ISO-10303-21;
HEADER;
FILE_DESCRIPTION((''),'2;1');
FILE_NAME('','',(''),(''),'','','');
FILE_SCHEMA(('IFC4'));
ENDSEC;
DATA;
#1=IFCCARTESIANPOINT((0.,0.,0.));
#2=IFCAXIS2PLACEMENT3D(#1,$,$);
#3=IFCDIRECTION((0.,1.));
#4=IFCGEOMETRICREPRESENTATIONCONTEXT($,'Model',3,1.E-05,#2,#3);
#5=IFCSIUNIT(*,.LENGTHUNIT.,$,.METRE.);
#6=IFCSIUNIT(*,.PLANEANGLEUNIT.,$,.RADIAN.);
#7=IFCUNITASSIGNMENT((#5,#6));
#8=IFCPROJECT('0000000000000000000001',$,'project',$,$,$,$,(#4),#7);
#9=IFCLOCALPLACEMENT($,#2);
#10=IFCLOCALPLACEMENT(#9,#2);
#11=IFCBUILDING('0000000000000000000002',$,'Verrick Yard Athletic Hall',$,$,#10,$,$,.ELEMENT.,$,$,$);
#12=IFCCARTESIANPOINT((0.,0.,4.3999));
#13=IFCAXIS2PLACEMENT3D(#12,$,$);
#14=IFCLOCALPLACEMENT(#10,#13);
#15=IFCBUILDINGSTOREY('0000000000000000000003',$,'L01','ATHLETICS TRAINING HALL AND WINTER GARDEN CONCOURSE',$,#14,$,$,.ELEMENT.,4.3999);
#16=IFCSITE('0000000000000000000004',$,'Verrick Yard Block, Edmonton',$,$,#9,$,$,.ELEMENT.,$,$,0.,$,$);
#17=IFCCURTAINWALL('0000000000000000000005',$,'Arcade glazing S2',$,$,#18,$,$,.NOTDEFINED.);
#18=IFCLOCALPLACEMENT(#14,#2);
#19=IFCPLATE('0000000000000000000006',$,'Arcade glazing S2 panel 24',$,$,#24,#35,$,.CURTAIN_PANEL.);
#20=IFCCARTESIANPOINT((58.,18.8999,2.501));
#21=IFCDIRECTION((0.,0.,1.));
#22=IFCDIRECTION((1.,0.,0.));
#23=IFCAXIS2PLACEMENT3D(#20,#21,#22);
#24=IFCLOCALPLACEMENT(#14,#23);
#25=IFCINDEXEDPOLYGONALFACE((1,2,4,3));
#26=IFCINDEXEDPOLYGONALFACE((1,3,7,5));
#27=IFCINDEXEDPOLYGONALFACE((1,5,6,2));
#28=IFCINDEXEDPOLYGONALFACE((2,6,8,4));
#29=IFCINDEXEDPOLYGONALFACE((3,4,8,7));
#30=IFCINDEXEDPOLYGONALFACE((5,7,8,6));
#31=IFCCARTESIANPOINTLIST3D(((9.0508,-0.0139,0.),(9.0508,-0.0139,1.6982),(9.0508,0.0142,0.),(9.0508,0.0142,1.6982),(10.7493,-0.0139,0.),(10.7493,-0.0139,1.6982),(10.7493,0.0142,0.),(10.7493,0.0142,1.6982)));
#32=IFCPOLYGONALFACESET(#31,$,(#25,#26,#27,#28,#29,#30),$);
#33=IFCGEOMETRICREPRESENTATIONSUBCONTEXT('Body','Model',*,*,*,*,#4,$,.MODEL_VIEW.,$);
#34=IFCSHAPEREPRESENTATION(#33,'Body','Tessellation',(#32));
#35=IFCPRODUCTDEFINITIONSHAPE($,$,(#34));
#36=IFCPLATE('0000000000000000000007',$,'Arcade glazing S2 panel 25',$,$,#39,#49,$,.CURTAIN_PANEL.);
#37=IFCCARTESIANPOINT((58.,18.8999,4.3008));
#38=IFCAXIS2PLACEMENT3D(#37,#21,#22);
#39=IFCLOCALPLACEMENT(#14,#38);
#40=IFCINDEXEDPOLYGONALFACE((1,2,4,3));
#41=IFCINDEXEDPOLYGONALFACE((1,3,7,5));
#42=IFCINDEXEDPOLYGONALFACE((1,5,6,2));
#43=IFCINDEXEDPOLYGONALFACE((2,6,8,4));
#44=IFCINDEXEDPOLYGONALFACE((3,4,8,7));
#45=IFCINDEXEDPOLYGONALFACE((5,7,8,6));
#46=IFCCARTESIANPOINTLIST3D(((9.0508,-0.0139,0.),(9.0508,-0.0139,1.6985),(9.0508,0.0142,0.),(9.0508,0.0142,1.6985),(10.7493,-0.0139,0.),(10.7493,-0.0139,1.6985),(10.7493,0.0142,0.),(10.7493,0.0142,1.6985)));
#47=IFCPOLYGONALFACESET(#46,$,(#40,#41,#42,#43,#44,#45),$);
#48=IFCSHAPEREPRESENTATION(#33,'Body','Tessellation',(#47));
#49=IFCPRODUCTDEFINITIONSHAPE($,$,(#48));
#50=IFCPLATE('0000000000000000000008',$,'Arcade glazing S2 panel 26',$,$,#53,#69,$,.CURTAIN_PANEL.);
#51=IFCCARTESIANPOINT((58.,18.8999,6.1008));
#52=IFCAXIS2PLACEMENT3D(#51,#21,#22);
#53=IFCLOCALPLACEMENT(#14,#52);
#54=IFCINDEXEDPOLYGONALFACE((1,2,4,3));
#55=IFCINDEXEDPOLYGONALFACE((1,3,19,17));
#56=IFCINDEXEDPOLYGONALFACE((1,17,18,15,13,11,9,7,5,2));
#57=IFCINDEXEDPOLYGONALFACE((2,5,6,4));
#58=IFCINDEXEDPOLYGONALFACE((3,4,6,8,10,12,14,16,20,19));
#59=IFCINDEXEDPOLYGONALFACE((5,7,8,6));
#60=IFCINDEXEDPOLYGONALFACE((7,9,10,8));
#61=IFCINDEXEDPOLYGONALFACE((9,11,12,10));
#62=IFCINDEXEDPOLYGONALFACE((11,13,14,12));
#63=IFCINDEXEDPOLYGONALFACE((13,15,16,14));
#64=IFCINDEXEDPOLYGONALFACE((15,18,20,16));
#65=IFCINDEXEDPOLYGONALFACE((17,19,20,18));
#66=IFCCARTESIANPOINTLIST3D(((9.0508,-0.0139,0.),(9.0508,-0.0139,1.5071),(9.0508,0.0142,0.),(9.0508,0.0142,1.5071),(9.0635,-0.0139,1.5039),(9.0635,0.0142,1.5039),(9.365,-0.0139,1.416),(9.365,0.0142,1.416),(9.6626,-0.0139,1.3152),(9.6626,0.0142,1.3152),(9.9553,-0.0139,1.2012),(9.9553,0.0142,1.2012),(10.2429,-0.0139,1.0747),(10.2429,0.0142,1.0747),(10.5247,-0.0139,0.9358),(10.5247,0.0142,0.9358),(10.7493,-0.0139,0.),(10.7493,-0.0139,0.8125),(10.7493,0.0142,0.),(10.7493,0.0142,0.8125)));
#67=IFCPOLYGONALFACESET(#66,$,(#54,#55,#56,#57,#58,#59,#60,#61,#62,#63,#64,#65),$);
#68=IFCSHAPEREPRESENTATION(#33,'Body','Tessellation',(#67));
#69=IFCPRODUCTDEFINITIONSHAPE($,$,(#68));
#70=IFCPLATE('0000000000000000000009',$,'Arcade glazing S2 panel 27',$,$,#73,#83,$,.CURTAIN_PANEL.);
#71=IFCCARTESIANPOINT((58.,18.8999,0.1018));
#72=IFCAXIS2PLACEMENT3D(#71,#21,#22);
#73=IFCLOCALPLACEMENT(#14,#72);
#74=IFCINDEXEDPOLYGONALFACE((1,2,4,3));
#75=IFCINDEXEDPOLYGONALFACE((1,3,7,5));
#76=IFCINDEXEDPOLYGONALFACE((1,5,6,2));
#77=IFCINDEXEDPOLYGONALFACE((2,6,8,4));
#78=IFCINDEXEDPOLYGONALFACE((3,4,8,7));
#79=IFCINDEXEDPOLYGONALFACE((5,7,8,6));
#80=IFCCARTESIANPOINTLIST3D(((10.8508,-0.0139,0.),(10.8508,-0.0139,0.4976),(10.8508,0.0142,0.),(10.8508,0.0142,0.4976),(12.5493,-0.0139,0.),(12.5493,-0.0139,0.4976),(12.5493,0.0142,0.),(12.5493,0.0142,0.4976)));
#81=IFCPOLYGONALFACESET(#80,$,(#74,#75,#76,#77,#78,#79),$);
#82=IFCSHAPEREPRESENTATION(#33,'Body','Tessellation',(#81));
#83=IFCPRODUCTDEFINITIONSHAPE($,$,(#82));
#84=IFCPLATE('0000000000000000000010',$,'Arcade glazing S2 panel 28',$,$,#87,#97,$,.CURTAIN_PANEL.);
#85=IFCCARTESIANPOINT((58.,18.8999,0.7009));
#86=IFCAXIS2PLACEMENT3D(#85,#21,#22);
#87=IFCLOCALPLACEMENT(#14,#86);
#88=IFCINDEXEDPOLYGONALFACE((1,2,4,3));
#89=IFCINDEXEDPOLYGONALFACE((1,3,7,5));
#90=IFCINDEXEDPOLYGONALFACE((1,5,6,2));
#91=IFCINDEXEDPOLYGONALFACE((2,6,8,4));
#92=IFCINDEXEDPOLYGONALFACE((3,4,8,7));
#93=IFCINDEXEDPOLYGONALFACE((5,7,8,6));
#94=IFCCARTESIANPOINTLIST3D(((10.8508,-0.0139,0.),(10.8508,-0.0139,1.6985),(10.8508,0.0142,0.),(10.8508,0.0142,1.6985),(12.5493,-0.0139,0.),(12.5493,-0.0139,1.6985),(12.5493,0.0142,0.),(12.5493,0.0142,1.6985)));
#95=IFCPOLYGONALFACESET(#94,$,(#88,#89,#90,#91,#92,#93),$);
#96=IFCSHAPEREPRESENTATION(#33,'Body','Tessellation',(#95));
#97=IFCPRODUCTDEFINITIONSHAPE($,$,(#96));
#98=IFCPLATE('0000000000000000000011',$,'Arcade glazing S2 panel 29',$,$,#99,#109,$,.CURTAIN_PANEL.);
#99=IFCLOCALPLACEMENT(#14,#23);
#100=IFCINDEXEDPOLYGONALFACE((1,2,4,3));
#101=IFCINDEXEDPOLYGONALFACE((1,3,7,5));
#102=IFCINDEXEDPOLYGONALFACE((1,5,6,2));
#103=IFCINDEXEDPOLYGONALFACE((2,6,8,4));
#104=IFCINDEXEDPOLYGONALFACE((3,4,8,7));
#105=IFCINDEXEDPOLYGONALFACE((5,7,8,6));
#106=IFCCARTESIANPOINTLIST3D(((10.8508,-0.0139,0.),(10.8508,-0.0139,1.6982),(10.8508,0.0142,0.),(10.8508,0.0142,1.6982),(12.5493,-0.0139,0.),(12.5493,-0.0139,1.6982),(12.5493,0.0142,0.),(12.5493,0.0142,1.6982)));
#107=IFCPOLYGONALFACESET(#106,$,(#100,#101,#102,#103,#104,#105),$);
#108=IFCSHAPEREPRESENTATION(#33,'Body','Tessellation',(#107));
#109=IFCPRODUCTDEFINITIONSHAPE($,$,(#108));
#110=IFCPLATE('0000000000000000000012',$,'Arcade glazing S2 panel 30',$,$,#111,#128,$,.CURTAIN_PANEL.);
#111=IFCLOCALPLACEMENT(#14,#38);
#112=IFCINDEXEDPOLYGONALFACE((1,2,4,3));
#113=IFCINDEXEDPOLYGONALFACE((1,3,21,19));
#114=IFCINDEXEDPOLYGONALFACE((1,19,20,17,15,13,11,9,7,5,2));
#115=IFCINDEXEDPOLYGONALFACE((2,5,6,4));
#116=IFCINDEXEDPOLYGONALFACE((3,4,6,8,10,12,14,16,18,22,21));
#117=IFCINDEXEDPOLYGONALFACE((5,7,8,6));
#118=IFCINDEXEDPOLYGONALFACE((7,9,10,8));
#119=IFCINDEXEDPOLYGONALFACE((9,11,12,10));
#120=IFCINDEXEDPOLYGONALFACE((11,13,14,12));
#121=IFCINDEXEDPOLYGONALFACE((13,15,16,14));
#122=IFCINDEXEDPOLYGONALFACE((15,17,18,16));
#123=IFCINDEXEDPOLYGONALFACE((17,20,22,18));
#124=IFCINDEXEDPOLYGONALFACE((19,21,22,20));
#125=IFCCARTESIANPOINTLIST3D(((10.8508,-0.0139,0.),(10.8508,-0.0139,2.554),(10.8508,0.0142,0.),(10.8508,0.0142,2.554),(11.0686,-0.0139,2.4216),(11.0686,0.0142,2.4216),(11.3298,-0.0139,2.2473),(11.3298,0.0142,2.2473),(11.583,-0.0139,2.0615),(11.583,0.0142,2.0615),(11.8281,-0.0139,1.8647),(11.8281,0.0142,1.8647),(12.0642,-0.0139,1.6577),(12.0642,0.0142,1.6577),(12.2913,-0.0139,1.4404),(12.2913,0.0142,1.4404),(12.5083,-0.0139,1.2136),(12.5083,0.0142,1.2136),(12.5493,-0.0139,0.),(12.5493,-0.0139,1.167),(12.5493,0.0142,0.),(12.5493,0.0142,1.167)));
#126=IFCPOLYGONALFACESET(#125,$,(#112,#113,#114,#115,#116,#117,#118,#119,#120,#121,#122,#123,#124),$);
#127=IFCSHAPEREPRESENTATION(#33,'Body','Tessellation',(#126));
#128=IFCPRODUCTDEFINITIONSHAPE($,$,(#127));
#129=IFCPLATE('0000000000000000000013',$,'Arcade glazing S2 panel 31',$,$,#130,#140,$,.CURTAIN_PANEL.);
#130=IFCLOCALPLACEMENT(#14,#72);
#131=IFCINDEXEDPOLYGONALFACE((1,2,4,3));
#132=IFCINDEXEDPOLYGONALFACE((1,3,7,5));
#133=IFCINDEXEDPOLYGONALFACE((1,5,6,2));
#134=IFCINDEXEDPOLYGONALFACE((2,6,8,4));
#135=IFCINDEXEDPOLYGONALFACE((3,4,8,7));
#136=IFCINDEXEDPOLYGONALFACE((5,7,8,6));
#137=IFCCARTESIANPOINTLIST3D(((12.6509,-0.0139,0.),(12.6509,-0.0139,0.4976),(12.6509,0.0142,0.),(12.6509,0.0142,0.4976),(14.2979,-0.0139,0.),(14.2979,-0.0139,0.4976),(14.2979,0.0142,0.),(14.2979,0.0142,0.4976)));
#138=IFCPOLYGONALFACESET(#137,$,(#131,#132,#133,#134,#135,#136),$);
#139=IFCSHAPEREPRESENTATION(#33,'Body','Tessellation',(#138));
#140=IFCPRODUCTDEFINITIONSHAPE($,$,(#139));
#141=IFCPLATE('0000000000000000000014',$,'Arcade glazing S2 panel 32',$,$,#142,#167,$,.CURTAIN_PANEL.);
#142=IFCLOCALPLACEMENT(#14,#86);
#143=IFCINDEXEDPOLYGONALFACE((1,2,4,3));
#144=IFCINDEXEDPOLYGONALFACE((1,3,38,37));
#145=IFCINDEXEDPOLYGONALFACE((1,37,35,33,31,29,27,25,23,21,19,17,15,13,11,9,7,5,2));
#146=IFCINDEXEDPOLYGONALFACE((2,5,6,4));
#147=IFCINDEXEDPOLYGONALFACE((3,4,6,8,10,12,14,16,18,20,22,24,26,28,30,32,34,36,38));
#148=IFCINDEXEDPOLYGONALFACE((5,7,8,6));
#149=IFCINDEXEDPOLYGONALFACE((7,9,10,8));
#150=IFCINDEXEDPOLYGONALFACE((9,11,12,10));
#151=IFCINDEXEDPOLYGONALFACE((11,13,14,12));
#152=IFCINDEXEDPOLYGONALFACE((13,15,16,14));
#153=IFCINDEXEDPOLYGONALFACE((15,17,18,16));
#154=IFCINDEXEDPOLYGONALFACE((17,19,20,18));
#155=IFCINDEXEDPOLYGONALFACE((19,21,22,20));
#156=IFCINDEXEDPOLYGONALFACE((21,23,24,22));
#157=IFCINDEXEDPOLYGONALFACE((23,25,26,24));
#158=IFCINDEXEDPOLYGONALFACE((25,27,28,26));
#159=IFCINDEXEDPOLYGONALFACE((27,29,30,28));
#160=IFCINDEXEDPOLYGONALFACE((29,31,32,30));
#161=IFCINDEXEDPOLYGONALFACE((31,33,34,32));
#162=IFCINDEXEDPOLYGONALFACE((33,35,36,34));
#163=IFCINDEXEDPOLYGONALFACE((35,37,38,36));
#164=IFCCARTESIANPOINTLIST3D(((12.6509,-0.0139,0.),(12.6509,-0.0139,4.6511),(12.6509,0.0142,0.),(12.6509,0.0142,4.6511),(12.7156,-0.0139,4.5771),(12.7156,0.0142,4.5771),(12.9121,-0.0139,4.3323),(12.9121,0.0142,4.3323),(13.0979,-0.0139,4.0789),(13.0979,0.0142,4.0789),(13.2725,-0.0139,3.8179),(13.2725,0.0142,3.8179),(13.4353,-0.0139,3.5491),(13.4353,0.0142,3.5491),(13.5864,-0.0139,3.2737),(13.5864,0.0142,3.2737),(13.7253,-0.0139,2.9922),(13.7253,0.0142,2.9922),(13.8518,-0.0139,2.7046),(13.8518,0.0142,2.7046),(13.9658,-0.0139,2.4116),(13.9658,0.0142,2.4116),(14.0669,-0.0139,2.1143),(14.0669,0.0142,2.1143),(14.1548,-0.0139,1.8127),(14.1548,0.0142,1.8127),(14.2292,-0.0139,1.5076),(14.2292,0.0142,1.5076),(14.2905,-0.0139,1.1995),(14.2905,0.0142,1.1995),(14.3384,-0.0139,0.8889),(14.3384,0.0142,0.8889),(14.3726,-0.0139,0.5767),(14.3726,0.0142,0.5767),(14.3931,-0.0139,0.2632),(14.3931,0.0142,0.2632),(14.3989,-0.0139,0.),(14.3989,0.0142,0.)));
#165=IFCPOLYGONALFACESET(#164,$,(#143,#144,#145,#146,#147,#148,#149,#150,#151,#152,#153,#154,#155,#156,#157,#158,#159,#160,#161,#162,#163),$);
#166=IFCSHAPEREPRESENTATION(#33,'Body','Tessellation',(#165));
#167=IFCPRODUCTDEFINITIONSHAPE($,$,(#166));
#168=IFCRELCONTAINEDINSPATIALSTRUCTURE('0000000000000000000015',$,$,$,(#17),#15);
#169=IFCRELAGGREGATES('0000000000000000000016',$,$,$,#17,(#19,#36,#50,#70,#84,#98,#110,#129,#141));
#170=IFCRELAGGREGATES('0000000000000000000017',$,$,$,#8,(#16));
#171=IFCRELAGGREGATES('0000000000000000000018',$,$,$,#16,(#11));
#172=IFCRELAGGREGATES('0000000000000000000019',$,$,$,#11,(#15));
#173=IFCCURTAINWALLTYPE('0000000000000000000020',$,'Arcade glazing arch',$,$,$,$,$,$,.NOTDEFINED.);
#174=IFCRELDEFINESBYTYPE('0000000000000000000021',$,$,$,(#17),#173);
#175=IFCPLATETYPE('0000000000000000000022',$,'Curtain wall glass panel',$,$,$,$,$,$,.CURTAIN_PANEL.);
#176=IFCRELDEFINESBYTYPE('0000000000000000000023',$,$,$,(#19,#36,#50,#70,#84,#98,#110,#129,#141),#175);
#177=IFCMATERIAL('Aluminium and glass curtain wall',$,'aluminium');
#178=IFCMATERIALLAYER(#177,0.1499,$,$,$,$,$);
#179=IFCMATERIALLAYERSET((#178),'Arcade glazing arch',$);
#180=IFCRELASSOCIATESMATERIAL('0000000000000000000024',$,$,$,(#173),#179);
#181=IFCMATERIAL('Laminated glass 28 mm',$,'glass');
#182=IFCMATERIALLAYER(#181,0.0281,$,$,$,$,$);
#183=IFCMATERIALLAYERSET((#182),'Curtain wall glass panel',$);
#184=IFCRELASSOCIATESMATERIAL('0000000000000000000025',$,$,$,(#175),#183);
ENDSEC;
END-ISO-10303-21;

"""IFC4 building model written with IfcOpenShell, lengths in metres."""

from ifc_helpers import new_model, si_unit, direction, frame, origin, place, context, subcontext, project, spatial, polyline, outline, extrude, material, layer, layer_set, type_object, element, aggregate, save


model = new_model("IFC4")

# Units and contexts
model_context = context("Model", 3, precision=1e-05, world=origin(), true_north=direction((0.0, 1.0)))
body_context = subcontext(model_context, "Body", "Model", "MODEL_VIEW")
ifc_project = project(units=[si_unit("LENGTHUNIT", "METRE"), si_unit("PLANEANGLEUNIT", "RADIAN")], contexts=[model_context])

# Site, building, storey
site_placement = place(None, origin())
site = spatial("IfcSite", under=ifc_project, at=site_placement, Name="Verrick Yard Block, Edmonton", CompositionType="ELEMENT", RefElevation=0.0)
building_placement = place(site_placement, origin())
building = spatial("IfcBuilding", under=site, at=building_placement, Name="Verrick Yard Athletic Hall", CompositionType="ELEMENT")
storey_placement = place(building_placement, frame((0.0, 0.0, 4.3999)))
storey = spatial("IfcBuildingStorey", under=building, at=storey_placement, Name="L01", Description="ATHLETICS TRAINING HALL AND WINTER GARDEN CONCOURSE", CompositionType="ELEMENT", Elevation=4.3999)

# Curtain wall, plates
ifc_material_1 = material(Name="Aluminium and glass curtain wall", Category="aluminium")
ifc_layer_1 = layer(ifc_material_1, 0.1499)
ifc_layer_set_1 = layer_set([ifc_layer_1], Name="Arcade glazing arch")
curtain_wall_type = type_object("IfcCurtainWallType", Name="Arcade glazing arch", PredefinedType="NOTDEFINED", material=ifc_layer_set_1)
curtain_wall_placement = place(storey_placement, origin())
curtain_wall = element("IfcCurtainWall", 1, at=curtain_wall_placement, inside=storey, type_object=curtain_wall_type, Name="Arcade glazing S2", PredefinedType="NOTDEFINED")
ifc_material_2 = material(Name="Laminated glass 28 mm", Category="glass")
ifc_layer_2 = layer(ifc_material_2, 0.0281)
ifc_layer_set_2 = layer_set([ifc_layer_2], Name="Curtain wall glass panel")
plate_type = type_object("IfcPlateType", Name="Curtain wall glass panel", PredefinedType="CURTAIN_PANEL", material=ifc_layer_set_2)
plate_1_placement = place(storey_placement, frame((58.0, 18.8999, 2.501), z_axis=(0.0, 0.0, 1.0), x_axis=(1.0, 0.0, 0.0)))
plate_1 = element("IfcPlate", 2, at=plate_1_placement, type_object=plate_type, Name="Arcade glazing S2 panel 24", PredefinedType="CURTAIN_PANEL", context=body_context, shape_type="SweptSolid", body=[
    extrude(outline(polyline([(10.7493, 0.0), (10.7493, 1.6982), (9.0508, 1.6982), (9.0508, 0.0), (10.7493, 0.0)])), frame((0.0, 0.0142, 0.0), z_axis=(0.0, -1.0, 0.0), x_axis=(1.0, 0.0, 0.0)), (0.0, 0.0, 1.0), 0.0281),
])
plate_2_placement = place(storey_placement, frame((58.0, 18.8999, 4.3008), z_axis=(0.0, 0.0, 1.0), x_axis=(1.0, 0.0, 0.0)))
plate_2 = element("IfcPlate", 3, at=plate_2_placement, type_object=plate_type, Name="Arcade glazing S2 panel 25", PredefinedType="CURTAIN_PANEL", context=body_context, shape_type="SweptSolid", body=[
    extrude(outline(polyline([(10.7493, 0.0), (10.7493, 1.6985), (9.0508, 1.6985), (9.0508, 0.0), (10.7493, 0.0)])), frame((0.0, 0.0142, 0.0), z_axis=(0.0, -1.0, 0.0), x_axis=(1.0, 0.0, 0.0)), (0.0, 0.0, 1.0), 0.0281),
])
plate_3_placement = place(storey_placement, frame((58.0, 18.8999, 6.1008), z_axis=(0.0, 0.0, 1.0), x_axis=(1.0, 0.0, 0.0)))
plate_3 = element("IfcPlate", 4, at=plate_3_placement, type_object=plate_type, Name="Arcade glazing S2 panel 26", PredefinedType="CURTAIN_PANEL", context=body_context, shape_type="SweptSolid", body=[
    extrude(outline(polyline([(10.7493, 0.8125), (10.5247, 0.9358), (10.2429, 1.0747), (9.9553, 1.2012), (9.6626, 1.3152), (9.365, 1.416), (9.0635, 1.5039), (9.0508, 1.5071), (9.0508, 0.0), (10.7493, 0.0), (10.7493, 0.8125)])), frame((0.0, 0.0142, 0.0), z_axis=(0.0, -1.0, 0.0), x_axis=(1.0, 0.0, 0.0)), (0.0, 0.0, 1.0), 0.0281),
])
plate_4_placement = place(storey_placement, frame((58.0, 18.8999, 0.1018), z_axis=(0.0, 0.0, 1.0), x_axis=(1.0, 0.0, 0.0)))
plate_4 = element("IfcPlate", 5, at=plate_4_placement, type_object=plate_type, Name="Arcade glazing S2 panel 27", PredefinedType="CURTAIN_PANEL", context=body_context, shape_type="SweptSolid", body=[
    extrude(outline(polyline([(12.5493, 0.0), (12.5493, 0.4976), (10.8508, 0.4976), (10.8508, 0.0), (12.5493, 0.0)])), frame((0.0, 0.0142, 0.0), z_axis=(0.0, -1.0, 0.0), x_axis=(1.0, 0.0, 0.0)), (0.0, 0.0, 1.0), 0.0281),
])
plate_5_placement = place(storey_placement, frame((58.0, 18.8999, 0.7009), z_axis=(0.0, 0.0, 1.0), x_axis=(1.0, 0.0, 0.0)))
plate_5 = element("IfcPlate", 6, at=plate_5_placement, type_object=plate_type, Name="Arcade glazing S2 panel 28", PredefinedType="CURTAIN_PANEL", context=body_context, shape_type="SweptSolid", body=[
    extrude(outline(polyline([(12.5493, 0.0), (12.5493, 1.6985), (10.8508, 1.6985), (10.8508, 0.0), (12.5493, 0.0)])), frame((0.0, 0.0142, 0.0), z_axis=(0.0, -1.0, 0.0), x_axis=(1.0, 0.0, 0.0)), (0.0, 0.0, 1.0), 0.0281),
])
plate_6_placement = place(storey_placement, frame((58.0, 18.8999, 2.501), z_axis=(0.0, 0.0, 1.0), x_axis=(1.0, 0.0, 0.0)))
plate_6 = element("IfcPlate", 7, at=plate_6_placement, type_object=plate_type, Name="Arcade glazing S2 panel 29", PredefinedType="CURTAIN_PANEL", context=body_context, shape_type="SweptSolid", body=[
    extrude(outline(polyline([(12.5493, 0.0), (12.5493, 1.6982), (10.8508, 1.6982), (10.8508, 0.0), (12.5493, 0.0)])), frame((0.0, 0.0142, 0.0), z_axis=(0.0, -1.0, 0.0), x_axis=(1.0, 0.0, 0.0)), (0.0, 0.0, 1.0), 0.0281),
])
plate_7_placement = place(storey_placement, frame((58.0, 18.8999, 4.3008), z_axis=(0.0, 0.0, 1.0), x_axis=(1.0, 0.0, 0.0)))
plate_7 = element("IfcPlate", 8, at=plate_7_placement, type_object=plate_type, Name="Arcade glazing S2 panel 30", PredefinedType="CURTAIN_PANEL", context=body_context, shape_type="SweptSolid", body=[
    extrude(outline(polyline([(12.5493, 1.167), (12.5083, 1.2136), (12.2913, 1.4404), (12.0642, 1.6577), (11.8281, 1.8647), (11.583, 2.0615), (11.3298, 2.2473), (11.0686, 2.4216), (10.8508, 2.554), (10.8508, 0.0), (12.5493, 0.0), (12.5493, 1.167)])), frame((0.0, 0.0142, 0.0), z_axis=(0.0, -1.0, 0.0), x_axis=(1.0, 0.0, 0.0)), (0.0, 0.0, 1.0), 0.0281),
])
plate_8_placement = place(storey_placement, frame((58.0, 18.8999, 0.1018), z_axis=(0.0, 0.0, 1.0), x_axis=(1.0, 0.0, 0.0)))
plate_8 = element("IfcPlate", 9, at=plate_8_placement, type_object=plate_type, Name="Arcade glazing S2 panel 31", PredefinedType="CURTAIN_PANEL", context=body_context, shape_type="SweptSolid", body=[
    extrude(outline(polyline([(14.2979, 0.0), (14.2979, 0.4976), (12.6509, 0.4976), (12.6509, 0.0), (14.2979, 0.0)])), frame((0.0, 0.0142, 0.0), z_axis=(0.0, -1.0, 0.0), x_axis=(1.0, 0.0, 0.0)), (0.0, 0.0, 1.0), 0.0281),
])
plate_9_placement = place(storey_placement, frame((58.0, 18.8999, 0.7009), z_axis=(0.0, 0.0, 1.0), x_axis=(1.0, 0.0, 0.0)))
plate_9 = element("IfcPlate", 10, at=plate_9_placement, type_object=plate_type, Name="Arcade glazing S2 panel 32", PredefinedType="CURTAIN_PANEL", context=body_context, shape_type="SweptSolid", body=[
    extrude(outline(polyline([(14.3989, 0.0), (14.3931, 0.2632), (14.3726, 0.5767), (14.3384, 0.8889), (14.2905, 1.1995), (14.2292, 1.5076), (14.1548, 1.8127), (14.0669, 2.1143), (13.9658, 2.4116), (13.8518, 2.7046), (13.7253, 2.9922), (13.5864, 3.2737), (13.4353, 3.5491), (13.2725, 3.8179), (13.0979, 4.0789), (12.9121, 4.3323), (12.7156, 4.5771), (12.6509, 4.6511), (12.6509, 0.0), (14.3989, 0.0)])), frame((0.0, 0.0142, 0.0), z_axis=(0.0, -1.0, 0.0), x_axis=(1.0, 0.0, 0.0)), (0.0, 0.0, 1.0), 0.0281),
])
aggregate(curtain_wall, [plate_1, plate_2, plate_3, plate_4, plate_5, plate_6, plate_7, plate_8, plate_9])

save(model, "model.ifc")
